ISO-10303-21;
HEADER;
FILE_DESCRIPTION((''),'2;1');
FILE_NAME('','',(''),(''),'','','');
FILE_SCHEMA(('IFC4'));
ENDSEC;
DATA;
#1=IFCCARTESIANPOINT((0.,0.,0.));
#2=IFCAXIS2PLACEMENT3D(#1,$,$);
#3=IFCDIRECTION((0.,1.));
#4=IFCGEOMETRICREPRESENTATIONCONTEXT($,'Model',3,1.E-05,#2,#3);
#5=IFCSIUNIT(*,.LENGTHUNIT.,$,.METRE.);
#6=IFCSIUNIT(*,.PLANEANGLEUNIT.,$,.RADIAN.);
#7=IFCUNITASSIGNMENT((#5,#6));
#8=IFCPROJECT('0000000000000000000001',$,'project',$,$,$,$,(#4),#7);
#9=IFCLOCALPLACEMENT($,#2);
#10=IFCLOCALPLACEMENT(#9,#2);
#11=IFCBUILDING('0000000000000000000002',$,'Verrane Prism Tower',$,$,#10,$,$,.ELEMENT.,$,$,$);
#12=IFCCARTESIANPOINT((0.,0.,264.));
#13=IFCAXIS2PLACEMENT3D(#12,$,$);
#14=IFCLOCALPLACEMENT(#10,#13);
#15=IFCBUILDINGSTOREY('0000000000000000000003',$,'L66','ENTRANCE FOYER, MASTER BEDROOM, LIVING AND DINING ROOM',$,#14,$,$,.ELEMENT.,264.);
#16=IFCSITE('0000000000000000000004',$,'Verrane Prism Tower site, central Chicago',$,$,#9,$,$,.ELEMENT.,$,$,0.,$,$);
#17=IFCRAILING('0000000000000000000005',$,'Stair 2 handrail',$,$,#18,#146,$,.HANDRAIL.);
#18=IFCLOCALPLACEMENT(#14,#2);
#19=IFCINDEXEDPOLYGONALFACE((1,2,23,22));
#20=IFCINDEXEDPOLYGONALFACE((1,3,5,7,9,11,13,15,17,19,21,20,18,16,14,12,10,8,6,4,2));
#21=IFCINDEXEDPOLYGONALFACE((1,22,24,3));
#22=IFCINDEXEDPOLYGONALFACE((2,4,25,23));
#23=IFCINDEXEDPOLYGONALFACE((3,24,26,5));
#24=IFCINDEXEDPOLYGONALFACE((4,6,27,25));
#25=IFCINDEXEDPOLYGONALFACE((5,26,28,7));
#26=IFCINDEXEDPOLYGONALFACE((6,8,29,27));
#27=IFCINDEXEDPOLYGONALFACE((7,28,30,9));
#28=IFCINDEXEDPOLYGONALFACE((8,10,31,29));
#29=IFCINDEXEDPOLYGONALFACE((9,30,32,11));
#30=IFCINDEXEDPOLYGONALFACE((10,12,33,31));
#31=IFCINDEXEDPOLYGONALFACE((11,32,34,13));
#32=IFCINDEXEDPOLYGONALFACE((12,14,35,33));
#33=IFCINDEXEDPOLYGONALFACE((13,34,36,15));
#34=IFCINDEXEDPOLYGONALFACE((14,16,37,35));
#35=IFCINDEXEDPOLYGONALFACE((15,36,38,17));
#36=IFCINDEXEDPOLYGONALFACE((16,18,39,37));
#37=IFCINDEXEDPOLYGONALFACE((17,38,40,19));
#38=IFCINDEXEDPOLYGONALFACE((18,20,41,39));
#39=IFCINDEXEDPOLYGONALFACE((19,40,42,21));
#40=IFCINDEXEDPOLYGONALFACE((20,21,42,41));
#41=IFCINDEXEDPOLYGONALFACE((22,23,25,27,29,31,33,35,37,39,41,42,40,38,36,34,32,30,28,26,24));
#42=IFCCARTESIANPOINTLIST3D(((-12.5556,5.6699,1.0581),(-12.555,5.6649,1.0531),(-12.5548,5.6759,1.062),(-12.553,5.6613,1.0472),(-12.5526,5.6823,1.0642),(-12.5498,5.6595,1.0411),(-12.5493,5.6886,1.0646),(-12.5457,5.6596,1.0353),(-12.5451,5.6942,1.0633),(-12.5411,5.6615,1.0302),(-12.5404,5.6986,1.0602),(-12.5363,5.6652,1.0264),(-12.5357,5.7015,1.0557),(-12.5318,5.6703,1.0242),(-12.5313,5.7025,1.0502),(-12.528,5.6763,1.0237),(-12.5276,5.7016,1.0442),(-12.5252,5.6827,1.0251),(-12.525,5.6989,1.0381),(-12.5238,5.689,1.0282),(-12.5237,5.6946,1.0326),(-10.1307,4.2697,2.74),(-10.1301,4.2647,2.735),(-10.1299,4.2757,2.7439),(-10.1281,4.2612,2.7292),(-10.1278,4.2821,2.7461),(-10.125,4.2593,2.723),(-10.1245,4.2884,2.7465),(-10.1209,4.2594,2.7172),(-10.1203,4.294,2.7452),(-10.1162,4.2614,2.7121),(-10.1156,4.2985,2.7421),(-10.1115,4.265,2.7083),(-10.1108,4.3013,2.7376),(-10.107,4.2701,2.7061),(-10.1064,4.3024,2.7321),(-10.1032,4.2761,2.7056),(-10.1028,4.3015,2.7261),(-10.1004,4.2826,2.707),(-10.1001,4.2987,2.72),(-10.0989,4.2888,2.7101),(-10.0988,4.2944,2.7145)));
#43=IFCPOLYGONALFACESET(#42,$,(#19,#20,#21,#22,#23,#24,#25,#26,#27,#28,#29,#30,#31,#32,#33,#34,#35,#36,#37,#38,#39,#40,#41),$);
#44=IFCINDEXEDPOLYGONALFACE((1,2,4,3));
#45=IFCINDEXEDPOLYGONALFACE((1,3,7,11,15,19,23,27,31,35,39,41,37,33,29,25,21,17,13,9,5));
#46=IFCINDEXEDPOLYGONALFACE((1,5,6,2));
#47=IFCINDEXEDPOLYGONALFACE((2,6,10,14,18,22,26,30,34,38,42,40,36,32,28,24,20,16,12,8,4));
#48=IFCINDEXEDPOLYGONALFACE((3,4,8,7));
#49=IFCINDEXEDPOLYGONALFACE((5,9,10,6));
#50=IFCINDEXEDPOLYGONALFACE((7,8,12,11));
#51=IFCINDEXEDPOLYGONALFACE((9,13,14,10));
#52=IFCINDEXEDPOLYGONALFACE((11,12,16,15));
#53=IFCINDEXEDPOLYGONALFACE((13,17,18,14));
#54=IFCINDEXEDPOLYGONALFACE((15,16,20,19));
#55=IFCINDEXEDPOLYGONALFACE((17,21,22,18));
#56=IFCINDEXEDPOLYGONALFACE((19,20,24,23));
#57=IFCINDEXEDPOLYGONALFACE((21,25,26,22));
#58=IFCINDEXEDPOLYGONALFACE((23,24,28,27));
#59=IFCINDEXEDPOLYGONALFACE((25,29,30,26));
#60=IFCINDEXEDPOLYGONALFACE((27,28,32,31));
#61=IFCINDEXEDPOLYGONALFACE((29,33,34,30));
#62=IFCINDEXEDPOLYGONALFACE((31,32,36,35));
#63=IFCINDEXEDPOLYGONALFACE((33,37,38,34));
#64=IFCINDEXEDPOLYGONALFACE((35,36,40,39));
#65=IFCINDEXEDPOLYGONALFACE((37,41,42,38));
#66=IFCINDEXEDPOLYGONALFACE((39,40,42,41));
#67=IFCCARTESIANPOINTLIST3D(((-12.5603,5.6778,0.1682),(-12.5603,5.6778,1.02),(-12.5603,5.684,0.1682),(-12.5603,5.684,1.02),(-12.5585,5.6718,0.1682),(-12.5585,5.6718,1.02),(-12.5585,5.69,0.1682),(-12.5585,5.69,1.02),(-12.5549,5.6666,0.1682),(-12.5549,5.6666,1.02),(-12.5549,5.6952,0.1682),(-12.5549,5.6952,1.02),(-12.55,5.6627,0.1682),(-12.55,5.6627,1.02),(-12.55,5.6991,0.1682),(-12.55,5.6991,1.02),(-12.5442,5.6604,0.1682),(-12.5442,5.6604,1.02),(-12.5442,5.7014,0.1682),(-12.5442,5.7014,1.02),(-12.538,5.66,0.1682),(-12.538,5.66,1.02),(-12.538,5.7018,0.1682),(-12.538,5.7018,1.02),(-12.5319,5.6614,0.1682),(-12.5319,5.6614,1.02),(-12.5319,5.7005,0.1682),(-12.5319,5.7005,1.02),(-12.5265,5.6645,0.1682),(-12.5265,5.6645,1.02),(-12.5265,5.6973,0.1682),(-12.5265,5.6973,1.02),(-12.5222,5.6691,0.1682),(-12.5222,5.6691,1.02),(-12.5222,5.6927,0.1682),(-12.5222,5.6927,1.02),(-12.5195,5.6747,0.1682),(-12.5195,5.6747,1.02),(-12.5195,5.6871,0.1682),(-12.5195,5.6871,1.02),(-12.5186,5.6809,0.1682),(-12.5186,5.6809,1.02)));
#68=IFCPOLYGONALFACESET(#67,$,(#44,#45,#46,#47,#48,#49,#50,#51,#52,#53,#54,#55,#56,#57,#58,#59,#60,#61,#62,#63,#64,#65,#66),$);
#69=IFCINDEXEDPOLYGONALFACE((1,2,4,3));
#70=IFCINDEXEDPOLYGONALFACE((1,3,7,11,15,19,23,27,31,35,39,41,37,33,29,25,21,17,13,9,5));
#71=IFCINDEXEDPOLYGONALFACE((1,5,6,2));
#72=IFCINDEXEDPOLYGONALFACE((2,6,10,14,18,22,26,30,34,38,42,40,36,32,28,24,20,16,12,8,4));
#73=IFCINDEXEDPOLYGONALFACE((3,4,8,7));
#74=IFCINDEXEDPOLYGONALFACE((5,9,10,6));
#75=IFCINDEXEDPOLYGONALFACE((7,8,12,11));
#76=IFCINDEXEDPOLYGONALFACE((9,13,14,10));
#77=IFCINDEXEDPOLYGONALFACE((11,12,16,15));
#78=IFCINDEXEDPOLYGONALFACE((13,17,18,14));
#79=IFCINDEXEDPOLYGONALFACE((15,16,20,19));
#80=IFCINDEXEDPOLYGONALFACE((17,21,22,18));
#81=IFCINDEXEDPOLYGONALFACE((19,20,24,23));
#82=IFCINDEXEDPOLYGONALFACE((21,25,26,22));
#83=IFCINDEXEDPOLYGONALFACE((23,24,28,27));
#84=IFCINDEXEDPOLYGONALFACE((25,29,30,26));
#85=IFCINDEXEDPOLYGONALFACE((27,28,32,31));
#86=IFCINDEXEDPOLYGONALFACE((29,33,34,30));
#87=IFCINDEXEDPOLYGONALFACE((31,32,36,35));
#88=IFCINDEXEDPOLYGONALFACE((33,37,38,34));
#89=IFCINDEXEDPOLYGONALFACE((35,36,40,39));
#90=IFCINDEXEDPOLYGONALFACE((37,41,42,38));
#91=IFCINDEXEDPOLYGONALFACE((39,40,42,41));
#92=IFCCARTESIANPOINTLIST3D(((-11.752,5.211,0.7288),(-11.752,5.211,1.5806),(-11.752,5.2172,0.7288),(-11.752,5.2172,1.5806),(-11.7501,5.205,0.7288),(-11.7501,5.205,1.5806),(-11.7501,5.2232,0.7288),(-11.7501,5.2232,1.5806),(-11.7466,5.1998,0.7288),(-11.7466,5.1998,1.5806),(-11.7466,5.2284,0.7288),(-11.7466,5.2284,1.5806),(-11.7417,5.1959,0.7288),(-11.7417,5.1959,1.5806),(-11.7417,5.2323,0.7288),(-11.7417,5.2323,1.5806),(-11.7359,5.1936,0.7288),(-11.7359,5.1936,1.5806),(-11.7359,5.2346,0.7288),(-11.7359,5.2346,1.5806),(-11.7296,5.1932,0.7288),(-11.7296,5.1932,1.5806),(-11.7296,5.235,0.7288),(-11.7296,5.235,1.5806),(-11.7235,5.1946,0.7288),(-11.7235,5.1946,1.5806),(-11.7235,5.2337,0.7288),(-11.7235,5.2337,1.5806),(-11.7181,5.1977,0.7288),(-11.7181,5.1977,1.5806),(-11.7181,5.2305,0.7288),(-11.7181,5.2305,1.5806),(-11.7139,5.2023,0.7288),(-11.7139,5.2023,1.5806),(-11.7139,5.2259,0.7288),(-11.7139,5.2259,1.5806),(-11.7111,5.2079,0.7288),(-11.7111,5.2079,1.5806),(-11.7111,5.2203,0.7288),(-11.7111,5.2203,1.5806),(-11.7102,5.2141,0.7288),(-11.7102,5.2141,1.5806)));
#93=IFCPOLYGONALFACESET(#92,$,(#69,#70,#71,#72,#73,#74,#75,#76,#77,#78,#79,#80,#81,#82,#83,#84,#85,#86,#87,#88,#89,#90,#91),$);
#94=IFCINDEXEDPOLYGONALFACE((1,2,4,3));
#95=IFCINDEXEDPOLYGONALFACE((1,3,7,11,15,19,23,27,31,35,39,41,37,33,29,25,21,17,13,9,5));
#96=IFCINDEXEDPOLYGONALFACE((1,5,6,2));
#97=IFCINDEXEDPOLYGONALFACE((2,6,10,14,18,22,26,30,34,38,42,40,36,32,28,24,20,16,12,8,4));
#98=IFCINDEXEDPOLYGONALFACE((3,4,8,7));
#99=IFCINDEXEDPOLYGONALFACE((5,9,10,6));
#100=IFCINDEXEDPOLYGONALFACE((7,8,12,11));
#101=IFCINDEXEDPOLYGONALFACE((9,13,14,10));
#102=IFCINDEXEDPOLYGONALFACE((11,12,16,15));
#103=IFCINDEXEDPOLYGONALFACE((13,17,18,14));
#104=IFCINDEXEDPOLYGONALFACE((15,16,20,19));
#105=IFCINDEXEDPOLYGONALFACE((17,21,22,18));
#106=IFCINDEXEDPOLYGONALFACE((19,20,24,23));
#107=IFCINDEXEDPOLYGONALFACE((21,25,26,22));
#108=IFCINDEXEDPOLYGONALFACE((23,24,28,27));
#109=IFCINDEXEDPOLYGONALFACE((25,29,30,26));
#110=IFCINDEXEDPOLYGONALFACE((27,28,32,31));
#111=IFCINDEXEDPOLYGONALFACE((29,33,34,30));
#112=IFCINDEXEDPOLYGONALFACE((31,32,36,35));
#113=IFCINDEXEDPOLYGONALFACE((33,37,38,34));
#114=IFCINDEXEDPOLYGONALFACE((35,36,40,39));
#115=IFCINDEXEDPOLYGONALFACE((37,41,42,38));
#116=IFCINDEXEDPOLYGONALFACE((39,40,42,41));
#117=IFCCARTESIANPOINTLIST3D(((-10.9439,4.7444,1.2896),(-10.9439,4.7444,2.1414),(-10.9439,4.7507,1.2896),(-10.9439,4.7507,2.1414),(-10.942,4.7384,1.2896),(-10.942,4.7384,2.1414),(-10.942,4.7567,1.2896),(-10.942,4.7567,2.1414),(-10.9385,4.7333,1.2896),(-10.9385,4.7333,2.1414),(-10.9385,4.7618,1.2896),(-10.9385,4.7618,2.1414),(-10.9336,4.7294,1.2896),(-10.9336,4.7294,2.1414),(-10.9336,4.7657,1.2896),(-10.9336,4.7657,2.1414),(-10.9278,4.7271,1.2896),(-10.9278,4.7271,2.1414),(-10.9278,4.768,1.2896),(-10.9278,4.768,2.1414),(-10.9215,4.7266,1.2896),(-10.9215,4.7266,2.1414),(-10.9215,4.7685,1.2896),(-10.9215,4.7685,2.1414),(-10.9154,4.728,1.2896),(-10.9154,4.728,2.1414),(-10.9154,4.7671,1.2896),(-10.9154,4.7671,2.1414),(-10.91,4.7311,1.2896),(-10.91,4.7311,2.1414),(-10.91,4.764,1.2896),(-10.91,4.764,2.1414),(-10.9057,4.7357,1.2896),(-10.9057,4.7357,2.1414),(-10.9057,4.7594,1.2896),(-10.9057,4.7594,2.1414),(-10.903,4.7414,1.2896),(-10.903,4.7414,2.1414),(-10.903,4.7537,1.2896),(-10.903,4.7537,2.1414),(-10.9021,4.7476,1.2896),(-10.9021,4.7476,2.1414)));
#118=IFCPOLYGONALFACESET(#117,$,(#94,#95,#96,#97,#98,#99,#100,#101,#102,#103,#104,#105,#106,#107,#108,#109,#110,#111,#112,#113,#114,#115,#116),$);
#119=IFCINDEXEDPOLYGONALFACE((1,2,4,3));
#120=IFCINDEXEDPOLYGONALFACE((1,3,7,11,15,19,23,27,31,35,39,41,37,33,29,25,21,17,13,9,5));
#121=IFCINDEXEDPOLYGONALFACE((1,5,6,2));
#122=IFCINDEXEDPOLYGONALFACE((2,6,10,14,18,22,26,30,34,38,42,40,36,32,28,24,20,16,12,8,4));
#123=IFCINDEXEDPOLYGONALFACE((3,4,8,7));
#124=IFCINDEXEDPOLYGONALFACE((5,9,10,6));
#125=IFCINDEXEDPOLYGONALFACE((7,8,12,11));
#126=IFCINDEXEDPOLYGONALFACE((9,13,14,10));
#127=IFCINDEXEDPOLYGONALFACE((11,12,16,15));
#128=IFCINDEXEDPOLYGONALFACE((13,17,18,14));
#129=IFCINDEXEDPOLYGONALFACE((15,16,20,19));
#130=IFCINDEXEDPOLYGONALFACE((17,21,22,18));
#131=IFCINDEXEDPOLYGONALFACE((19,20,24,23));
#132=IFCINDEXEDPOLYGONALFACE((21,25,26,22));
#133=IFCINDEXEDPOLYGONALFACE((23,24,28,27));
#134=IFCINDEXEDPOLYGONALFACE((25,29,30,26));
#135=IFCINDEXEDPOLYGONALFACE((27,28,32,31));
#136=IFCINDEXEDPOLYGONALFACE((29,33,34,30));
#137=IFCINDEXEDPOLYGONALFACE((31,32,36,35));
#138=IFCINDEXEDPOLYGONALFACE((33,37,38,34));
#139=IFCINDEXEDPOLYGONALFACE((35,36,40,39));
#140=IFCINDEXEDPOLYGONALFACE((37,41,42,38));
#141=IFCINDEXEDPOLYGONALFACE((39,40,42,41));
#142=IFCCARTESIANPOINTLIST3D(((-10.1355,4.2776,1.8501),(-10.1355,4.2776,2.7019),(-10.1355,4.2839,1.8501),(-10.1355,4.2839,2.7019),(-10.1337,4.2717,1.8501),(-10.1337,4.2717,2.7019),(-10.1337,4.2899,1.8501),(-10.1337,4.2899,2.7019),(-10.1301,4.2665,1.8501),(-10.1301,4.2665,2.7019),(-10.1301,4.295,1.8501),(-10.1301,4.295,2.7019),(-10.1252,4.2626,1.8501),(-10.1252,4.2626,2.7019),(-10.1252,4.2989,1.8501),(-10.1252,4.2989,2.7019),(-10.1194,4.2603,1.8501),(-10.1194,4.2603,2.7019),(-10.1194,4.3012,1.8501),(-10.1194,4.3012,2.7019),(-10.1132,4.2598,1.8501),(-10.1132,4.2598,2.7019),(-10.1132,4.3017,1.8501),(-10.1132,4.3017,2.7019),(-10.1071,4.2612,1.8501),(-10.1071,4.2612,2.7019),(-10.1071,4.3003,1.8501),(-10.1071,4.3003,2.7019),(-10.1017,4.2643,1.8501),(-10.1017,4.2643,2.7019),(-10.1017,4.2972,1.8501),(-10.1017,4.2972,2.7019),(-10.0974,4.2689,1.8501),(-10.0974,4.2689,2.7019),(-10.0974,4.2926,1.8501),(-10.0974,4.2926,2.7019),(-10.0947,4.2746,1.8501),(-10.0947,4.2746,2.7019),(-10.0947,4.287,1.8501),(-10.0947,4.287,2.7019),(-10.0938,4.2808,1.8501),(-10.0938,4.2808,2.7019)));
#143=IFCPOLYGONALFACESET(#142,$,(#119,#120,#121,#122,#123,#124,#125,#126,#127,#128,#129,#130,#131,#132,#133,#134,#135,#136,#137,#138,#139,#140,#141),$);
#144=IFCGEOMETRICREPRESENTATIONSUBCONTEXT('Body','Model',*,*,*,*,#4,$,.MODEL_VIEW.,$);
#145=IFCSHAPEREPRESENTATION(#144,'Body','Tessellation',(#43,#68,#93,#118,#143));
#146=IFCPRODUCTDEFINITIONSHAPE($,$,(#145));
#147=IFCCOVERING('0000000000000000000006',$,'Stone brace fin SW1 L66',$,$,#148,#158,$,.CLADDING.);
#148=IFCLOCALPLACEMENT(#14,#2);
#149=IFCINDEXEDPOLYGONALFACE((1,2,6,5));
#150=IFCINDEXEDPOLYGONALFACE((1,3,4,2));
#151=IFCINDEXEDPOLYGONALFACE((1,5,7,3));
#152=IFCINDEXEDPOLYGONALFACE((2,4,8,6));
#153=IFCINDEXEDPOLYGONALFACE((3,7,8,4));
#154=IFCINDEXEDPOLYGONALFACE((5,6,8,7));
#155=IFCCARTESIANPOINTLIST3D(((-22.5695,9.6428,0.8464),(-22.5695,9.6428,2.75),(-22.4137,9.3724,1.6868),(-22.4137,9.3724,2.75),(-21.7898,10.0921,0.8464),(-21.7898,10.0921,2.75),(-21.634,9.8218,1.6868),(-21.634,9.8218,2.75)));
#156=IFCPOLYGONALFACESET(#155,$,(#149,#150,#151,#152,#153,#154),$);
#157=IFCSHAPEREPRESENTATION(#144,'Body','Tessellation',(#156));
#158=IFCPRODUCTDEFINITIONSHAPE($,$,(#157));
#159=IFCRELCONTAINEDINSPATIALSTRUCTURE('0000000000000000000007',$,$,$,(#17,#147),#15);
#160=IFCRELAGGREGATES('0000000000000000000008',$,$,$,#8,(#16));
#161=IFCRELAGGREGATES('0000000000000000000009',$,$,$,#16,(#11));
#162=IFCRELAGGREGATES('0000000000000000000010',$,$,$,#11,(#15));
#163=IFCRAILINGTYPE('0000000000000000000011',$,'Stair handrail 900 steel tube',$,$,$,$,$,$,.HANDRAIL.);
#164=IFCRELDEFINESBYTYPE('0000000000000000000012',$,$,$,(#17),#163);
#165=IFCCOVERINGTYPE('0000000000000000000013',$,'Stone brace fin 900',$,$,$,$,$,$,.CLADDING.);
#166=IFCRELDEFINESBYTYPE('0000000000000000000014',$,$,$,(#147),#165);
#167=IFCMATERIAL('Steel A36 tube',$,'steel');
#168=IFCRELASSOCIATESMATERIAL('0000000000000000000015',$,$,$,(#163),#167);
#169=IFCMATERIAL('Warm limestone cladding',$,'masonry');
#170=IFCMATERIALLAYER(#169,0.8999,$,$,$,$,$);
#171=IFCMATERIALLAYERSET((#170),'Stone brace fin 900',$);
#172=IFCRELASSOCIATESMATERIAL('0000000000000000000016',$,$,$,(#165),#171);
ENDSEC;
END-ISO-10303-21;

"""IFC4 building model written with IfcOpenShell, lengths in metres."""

from ifc_helpers import new_model, si_unit, direction, frame, origin, origin_2d, place, context, subcontext, project, spatial, polyline, circle, outline, extrude, material, layer, layer_set, type_object, element, save


model = new_model("IFC4")

# Units and contexts
model_context = context("Model", 3, precision=1e-05, world=origin(), true_north=direction((0.0, 1.0)))
body_context = subcontext(model_context, "Body", "Model", "MODEL_VIEW")
ifc_project = project(units=[si_unit("LENGTHUNIT", "METRE"), si_unit("PLANEANGLEUNIT", "RADIAN")], contexts=[model_context])

# Site, building, storey
site_placement = place(None, origin())
site = spatial("IfcSite", under=ifc_project, at=site_placement, Name="Verrane Prism Tower site, central Chicago", CompositionType="ELEMENT", RefElevation=0.0)
building_placement = place(site_placement, origin())
building = spatial("IfcBuilding", under=site, at=building_placement, Name="Verrane Prism Tower", CompositionType="ELEMENT")
storey_placement = place(building_placement, frame((0.0, 0.0, 264.0)))
storey = spatial("IfcBuildingStorey", under=building, at=storey_placement, Name="L66", Description="ENTRANCE FOYER, MASTER BEDROOM, LIVING AND DINING ROOM", CompositionType="ELEMENT", Elevation=264.0)

# Railing
ifc_material_1 = material(Name="Steel A36 tube", Category="steel")
railing_type_1 = type_object("IfcRailingType", Name="Stair handrail 900 steel tube", PredefinedType="HANDRAIL", material=ifc_material_1)
railing_1_placement = place(storey_placement, frame((-12.5396, 5.6809, 0.1682)))
element("IfcRailing", 1, at=railing_1_placement, inside=storey, type_object=railing_type_1, Name="Stair 2 handrail", PredefinedType="HANDRAIL", context=body_context, shape_type="SweptSolid", body=[
    extrude(circle(Radius=0.0239, at=origin_2d()), frame((0.0, 0.0, 0.876), z_axis=(0.742367, -0.428662, 0.514918), x_axis=(0.50005, 0.865997, 0.0)), (0.0, 0.0, 1.0), 3.2664),
    extrude(circle(Radius=0.021, at=origin_2d()), origin(), (0.0, 0.0, 1.0), 0.8518),
    extrude(circle(Radius=0.021, at=origin_2d()), frame((0.8083, -0.4668, 0.5605)), (0.0, 0.0, 1.0), 0.8518),
    extrude(circle(Radius=0.021, at=origin_2d()), frame((1.6165, -0.9333, 1.1213)), (0.0, 0.0, 1.0), 0.8518),
    extrude(circle(Radius=0.021, at=origin_2d()), frame((2.4248, -1.4001, 1.6819)), (0.0, 0.0, 1.0), 0.8518),
])

# Covering
ifc_material_2 = material(Name="Warm limestone cladding", Category="masonry")
ifc_layer_1 = layer(ifc_material_2, 0.8999)
ifc_layer_set_1 = layer_set([ifc_layer_1], Name="Stone brace fin 900")
covering_type = type_object("IfcCoveringType", Name="Stone brace fin 900", PredefinedType="CLADDING", material=ifc_layer_set_1)
covering_placement = place(storey_placement, frame((-22.1797, 9.8674, 0.8464), z_axis=(0.0, 0.0, 1.0), x_axis=(0.499338, -0.866407, 0.0)))
element("IfcCovering", 2, at=covering_placement, inside=storey, type_object=covering_type, Name="Stone brace fin SW1 L66", PredefinedType="CLADDING", context=body_context, shape_type="SweptSolid", body=[
    extrude(outline(polyline([(0.312, 1.9036), (0.0, 1.9036), (0.0, 0.0), (0.312, 0.8403), (0.312, 1.9036)])), frame((0.0, 0.45, 0.0), z_axis=(0.0, -1.0, 0.0), x_axis=(1.0, 0.0, 0.0)), (0.0, 0.0, 1.0), 0.8999),
])

save(model, "model.ifc")
